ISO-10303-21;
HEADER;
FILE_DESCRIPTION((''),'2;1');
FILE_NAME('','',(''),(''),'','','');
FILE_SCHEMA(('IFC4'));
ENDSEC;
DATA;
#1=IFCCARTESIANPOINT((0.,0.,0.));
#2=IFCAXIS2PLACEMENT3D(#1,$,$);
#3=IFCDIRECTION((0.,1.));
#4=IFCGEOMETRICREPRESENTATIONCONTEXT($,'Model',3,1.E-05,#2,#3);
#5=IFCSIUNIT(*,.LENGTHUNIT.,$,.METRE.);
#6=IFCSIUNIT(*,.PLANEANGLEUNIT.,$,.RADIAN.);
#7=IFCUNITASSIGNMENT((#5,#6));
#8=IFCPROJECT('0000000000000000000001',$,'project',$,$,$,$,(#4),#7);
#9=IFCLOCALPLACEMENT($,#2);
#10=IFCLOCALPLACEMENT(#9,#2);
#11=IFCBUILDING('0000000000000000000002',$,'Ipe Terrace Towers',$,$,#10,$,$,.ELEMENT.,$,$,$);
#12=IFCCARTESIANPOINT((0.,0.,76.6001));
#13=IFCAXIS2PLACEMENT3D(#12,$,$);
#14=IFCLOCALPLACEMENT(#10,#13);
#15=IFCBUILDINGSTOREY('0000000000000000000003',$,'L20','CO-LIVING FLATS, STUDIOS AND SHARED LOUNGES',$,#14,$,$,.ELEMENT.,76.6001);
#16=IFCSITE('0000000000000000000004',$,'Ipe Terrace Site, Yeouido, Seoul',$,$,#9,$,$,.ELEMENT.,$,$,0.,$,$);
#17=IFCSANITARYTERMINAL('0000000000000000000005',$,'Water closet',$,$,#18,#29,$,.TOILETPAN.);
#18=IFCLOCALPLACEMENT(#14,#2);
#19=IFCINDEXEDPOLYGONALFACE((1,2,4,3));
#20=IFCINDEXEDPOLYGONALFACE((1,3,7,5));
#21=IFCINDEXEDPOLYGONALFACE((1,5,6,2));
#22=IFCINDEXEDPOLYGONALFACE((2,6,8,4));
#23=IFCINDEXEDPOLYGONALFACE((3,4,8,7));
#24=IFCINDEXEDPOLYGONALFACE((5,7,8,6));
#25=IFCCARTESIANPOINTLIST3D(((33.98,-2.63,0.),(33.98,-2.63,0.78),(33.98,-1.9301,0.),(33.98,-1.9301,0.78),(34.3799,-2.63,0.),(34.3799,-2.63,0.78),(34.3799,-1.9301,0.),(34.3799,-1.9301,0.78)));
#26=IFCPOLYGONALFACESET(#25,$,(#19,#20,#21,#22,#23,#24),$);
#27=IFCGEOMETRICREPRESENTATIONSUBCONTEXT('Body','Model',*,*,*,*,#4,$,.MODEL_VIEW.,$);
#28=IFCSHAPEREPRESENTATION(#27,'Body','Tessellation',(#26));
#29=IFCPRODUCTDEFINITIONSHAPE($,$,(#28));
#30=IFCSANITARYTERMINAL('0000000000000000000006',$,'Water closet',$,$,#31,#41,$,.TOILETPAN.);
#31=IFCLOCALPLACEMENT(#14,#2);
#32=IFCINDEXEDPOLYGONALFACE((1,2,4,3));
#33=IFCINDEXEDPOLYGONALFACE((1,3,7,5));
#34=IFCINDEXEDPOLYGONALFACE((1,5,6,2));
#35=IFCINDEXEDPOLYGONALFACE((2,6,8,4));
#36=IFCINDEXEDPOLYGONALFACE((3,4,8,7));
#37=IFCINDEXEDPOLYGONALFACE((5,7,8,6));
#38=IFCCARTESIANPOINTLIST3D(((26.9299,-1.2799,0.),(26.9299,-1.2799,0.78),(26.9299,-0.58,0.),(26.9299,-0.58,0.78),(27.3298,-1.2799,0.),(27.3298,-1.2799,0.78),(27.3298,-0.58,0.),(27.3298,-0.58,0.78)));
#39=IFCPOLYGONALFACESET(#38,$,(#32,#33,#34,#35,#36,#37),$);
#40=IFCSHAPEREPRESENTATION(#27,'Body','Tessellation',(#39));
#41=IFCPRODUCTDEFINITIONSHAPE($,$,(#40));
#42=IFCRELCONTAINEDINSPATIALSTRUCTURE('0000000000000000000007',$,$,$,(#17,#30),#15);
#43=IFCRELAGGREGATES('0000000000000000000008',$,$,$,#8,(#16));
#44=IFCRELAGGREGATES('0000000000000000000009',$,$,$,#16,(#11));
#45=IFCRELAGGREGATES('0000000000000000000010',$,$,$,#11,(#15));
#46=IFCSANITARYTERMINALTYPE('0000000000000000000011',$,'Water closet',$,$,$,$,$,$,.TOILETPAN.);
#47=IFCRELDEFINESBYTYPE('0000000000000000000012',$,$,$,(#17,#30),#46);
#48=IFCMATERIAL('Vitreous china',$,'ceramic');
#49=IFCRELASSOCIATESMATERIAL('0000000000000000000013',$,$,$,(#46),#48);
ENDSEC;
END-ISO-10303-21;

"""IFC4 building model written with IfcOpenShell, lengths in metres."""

from ifc_helpers import new_model, si_unit, direction, frame, origin, origin_2d, place, context, subcontext, project, spatial, rectangle, extrude, material, type_object, element, save


model = new_model("IFC4")

# Units and contexts
model_context = context("Model", 3, precision=1e-05, world=origin(), true_north=direction((0.0, 1.0)))
body_context = subcontext(model_context, "Body", "Model", "MODEL_VIEW")
ifc_project = project(units=[si_unit("LENGTHUNIT", "METRE"), si_unit("PLANEANGLEUNIT", "RADIAN")], contexts=[model_context])

# Site, building, storey
site_placement = place(None, origin())
site = spatial("IfcSite", under=ifc_project, at=site_placement, Name="Ipe Terrace Site, Yeouido, Seoul", CompositionType="ELEMENT", RefElevation=0.0)
building_placement = place(site_placement, origin())
building = spatial("IfcBuilding", under=site, at=building_placement, Name="Ipe Terrace Towers", CompositionType="ELEMENT")
storey_placement = place(building_placement, frame((0.0, 0.0, 76.6001)))
storey = spatial("IfcBuildingStorey", under=building, at=storey_placement, Name="L20", Description="CO-LIVING FLATS, STUDIOS AND SHARED LOUNGES", CompositionType="ELEMENT", Elevation=76.6001)

# Sanitary terminals
ifc_material_1 = material(Name="Vitreous china", Category="ceramic")
sanitary_terminal_type_1 = type_object("IfcSanitaryTerminalType", Name="Water closet", PredefinedType="TOILETPAN", material=ifc_material_1)
for number, where, z_axis, x_axis, name in (
    (1, (34.1799, -2.28, 0.0), (0.0, 0.0, 1.0), (0.0, 1.0, 0.0), "Water closet"),
    (2, (27.1299, -0.9299, 0.0), (0.0, 0.0, 1.0), (0.0, 1.0, 0.0), "Water closet"),
):
    element("IfcSanitaryTerminal", number, at=place(storey_placement, frame(where, z_axis=z_axis, x_axis=x_axis)), inside=storey, type_object=sanitary_terminal_type_1, Name=name, PredefinedType="TOILETPAN", context=body_context, shape_type="SweptSolid", body=[
        extrude(rectangle(XDim=0.7, YDim=0.3999, at=origin_2d()), origin(), (0.0, 0.0, 1.0), 0.78),
    ])

save(model, "model.ifc")
